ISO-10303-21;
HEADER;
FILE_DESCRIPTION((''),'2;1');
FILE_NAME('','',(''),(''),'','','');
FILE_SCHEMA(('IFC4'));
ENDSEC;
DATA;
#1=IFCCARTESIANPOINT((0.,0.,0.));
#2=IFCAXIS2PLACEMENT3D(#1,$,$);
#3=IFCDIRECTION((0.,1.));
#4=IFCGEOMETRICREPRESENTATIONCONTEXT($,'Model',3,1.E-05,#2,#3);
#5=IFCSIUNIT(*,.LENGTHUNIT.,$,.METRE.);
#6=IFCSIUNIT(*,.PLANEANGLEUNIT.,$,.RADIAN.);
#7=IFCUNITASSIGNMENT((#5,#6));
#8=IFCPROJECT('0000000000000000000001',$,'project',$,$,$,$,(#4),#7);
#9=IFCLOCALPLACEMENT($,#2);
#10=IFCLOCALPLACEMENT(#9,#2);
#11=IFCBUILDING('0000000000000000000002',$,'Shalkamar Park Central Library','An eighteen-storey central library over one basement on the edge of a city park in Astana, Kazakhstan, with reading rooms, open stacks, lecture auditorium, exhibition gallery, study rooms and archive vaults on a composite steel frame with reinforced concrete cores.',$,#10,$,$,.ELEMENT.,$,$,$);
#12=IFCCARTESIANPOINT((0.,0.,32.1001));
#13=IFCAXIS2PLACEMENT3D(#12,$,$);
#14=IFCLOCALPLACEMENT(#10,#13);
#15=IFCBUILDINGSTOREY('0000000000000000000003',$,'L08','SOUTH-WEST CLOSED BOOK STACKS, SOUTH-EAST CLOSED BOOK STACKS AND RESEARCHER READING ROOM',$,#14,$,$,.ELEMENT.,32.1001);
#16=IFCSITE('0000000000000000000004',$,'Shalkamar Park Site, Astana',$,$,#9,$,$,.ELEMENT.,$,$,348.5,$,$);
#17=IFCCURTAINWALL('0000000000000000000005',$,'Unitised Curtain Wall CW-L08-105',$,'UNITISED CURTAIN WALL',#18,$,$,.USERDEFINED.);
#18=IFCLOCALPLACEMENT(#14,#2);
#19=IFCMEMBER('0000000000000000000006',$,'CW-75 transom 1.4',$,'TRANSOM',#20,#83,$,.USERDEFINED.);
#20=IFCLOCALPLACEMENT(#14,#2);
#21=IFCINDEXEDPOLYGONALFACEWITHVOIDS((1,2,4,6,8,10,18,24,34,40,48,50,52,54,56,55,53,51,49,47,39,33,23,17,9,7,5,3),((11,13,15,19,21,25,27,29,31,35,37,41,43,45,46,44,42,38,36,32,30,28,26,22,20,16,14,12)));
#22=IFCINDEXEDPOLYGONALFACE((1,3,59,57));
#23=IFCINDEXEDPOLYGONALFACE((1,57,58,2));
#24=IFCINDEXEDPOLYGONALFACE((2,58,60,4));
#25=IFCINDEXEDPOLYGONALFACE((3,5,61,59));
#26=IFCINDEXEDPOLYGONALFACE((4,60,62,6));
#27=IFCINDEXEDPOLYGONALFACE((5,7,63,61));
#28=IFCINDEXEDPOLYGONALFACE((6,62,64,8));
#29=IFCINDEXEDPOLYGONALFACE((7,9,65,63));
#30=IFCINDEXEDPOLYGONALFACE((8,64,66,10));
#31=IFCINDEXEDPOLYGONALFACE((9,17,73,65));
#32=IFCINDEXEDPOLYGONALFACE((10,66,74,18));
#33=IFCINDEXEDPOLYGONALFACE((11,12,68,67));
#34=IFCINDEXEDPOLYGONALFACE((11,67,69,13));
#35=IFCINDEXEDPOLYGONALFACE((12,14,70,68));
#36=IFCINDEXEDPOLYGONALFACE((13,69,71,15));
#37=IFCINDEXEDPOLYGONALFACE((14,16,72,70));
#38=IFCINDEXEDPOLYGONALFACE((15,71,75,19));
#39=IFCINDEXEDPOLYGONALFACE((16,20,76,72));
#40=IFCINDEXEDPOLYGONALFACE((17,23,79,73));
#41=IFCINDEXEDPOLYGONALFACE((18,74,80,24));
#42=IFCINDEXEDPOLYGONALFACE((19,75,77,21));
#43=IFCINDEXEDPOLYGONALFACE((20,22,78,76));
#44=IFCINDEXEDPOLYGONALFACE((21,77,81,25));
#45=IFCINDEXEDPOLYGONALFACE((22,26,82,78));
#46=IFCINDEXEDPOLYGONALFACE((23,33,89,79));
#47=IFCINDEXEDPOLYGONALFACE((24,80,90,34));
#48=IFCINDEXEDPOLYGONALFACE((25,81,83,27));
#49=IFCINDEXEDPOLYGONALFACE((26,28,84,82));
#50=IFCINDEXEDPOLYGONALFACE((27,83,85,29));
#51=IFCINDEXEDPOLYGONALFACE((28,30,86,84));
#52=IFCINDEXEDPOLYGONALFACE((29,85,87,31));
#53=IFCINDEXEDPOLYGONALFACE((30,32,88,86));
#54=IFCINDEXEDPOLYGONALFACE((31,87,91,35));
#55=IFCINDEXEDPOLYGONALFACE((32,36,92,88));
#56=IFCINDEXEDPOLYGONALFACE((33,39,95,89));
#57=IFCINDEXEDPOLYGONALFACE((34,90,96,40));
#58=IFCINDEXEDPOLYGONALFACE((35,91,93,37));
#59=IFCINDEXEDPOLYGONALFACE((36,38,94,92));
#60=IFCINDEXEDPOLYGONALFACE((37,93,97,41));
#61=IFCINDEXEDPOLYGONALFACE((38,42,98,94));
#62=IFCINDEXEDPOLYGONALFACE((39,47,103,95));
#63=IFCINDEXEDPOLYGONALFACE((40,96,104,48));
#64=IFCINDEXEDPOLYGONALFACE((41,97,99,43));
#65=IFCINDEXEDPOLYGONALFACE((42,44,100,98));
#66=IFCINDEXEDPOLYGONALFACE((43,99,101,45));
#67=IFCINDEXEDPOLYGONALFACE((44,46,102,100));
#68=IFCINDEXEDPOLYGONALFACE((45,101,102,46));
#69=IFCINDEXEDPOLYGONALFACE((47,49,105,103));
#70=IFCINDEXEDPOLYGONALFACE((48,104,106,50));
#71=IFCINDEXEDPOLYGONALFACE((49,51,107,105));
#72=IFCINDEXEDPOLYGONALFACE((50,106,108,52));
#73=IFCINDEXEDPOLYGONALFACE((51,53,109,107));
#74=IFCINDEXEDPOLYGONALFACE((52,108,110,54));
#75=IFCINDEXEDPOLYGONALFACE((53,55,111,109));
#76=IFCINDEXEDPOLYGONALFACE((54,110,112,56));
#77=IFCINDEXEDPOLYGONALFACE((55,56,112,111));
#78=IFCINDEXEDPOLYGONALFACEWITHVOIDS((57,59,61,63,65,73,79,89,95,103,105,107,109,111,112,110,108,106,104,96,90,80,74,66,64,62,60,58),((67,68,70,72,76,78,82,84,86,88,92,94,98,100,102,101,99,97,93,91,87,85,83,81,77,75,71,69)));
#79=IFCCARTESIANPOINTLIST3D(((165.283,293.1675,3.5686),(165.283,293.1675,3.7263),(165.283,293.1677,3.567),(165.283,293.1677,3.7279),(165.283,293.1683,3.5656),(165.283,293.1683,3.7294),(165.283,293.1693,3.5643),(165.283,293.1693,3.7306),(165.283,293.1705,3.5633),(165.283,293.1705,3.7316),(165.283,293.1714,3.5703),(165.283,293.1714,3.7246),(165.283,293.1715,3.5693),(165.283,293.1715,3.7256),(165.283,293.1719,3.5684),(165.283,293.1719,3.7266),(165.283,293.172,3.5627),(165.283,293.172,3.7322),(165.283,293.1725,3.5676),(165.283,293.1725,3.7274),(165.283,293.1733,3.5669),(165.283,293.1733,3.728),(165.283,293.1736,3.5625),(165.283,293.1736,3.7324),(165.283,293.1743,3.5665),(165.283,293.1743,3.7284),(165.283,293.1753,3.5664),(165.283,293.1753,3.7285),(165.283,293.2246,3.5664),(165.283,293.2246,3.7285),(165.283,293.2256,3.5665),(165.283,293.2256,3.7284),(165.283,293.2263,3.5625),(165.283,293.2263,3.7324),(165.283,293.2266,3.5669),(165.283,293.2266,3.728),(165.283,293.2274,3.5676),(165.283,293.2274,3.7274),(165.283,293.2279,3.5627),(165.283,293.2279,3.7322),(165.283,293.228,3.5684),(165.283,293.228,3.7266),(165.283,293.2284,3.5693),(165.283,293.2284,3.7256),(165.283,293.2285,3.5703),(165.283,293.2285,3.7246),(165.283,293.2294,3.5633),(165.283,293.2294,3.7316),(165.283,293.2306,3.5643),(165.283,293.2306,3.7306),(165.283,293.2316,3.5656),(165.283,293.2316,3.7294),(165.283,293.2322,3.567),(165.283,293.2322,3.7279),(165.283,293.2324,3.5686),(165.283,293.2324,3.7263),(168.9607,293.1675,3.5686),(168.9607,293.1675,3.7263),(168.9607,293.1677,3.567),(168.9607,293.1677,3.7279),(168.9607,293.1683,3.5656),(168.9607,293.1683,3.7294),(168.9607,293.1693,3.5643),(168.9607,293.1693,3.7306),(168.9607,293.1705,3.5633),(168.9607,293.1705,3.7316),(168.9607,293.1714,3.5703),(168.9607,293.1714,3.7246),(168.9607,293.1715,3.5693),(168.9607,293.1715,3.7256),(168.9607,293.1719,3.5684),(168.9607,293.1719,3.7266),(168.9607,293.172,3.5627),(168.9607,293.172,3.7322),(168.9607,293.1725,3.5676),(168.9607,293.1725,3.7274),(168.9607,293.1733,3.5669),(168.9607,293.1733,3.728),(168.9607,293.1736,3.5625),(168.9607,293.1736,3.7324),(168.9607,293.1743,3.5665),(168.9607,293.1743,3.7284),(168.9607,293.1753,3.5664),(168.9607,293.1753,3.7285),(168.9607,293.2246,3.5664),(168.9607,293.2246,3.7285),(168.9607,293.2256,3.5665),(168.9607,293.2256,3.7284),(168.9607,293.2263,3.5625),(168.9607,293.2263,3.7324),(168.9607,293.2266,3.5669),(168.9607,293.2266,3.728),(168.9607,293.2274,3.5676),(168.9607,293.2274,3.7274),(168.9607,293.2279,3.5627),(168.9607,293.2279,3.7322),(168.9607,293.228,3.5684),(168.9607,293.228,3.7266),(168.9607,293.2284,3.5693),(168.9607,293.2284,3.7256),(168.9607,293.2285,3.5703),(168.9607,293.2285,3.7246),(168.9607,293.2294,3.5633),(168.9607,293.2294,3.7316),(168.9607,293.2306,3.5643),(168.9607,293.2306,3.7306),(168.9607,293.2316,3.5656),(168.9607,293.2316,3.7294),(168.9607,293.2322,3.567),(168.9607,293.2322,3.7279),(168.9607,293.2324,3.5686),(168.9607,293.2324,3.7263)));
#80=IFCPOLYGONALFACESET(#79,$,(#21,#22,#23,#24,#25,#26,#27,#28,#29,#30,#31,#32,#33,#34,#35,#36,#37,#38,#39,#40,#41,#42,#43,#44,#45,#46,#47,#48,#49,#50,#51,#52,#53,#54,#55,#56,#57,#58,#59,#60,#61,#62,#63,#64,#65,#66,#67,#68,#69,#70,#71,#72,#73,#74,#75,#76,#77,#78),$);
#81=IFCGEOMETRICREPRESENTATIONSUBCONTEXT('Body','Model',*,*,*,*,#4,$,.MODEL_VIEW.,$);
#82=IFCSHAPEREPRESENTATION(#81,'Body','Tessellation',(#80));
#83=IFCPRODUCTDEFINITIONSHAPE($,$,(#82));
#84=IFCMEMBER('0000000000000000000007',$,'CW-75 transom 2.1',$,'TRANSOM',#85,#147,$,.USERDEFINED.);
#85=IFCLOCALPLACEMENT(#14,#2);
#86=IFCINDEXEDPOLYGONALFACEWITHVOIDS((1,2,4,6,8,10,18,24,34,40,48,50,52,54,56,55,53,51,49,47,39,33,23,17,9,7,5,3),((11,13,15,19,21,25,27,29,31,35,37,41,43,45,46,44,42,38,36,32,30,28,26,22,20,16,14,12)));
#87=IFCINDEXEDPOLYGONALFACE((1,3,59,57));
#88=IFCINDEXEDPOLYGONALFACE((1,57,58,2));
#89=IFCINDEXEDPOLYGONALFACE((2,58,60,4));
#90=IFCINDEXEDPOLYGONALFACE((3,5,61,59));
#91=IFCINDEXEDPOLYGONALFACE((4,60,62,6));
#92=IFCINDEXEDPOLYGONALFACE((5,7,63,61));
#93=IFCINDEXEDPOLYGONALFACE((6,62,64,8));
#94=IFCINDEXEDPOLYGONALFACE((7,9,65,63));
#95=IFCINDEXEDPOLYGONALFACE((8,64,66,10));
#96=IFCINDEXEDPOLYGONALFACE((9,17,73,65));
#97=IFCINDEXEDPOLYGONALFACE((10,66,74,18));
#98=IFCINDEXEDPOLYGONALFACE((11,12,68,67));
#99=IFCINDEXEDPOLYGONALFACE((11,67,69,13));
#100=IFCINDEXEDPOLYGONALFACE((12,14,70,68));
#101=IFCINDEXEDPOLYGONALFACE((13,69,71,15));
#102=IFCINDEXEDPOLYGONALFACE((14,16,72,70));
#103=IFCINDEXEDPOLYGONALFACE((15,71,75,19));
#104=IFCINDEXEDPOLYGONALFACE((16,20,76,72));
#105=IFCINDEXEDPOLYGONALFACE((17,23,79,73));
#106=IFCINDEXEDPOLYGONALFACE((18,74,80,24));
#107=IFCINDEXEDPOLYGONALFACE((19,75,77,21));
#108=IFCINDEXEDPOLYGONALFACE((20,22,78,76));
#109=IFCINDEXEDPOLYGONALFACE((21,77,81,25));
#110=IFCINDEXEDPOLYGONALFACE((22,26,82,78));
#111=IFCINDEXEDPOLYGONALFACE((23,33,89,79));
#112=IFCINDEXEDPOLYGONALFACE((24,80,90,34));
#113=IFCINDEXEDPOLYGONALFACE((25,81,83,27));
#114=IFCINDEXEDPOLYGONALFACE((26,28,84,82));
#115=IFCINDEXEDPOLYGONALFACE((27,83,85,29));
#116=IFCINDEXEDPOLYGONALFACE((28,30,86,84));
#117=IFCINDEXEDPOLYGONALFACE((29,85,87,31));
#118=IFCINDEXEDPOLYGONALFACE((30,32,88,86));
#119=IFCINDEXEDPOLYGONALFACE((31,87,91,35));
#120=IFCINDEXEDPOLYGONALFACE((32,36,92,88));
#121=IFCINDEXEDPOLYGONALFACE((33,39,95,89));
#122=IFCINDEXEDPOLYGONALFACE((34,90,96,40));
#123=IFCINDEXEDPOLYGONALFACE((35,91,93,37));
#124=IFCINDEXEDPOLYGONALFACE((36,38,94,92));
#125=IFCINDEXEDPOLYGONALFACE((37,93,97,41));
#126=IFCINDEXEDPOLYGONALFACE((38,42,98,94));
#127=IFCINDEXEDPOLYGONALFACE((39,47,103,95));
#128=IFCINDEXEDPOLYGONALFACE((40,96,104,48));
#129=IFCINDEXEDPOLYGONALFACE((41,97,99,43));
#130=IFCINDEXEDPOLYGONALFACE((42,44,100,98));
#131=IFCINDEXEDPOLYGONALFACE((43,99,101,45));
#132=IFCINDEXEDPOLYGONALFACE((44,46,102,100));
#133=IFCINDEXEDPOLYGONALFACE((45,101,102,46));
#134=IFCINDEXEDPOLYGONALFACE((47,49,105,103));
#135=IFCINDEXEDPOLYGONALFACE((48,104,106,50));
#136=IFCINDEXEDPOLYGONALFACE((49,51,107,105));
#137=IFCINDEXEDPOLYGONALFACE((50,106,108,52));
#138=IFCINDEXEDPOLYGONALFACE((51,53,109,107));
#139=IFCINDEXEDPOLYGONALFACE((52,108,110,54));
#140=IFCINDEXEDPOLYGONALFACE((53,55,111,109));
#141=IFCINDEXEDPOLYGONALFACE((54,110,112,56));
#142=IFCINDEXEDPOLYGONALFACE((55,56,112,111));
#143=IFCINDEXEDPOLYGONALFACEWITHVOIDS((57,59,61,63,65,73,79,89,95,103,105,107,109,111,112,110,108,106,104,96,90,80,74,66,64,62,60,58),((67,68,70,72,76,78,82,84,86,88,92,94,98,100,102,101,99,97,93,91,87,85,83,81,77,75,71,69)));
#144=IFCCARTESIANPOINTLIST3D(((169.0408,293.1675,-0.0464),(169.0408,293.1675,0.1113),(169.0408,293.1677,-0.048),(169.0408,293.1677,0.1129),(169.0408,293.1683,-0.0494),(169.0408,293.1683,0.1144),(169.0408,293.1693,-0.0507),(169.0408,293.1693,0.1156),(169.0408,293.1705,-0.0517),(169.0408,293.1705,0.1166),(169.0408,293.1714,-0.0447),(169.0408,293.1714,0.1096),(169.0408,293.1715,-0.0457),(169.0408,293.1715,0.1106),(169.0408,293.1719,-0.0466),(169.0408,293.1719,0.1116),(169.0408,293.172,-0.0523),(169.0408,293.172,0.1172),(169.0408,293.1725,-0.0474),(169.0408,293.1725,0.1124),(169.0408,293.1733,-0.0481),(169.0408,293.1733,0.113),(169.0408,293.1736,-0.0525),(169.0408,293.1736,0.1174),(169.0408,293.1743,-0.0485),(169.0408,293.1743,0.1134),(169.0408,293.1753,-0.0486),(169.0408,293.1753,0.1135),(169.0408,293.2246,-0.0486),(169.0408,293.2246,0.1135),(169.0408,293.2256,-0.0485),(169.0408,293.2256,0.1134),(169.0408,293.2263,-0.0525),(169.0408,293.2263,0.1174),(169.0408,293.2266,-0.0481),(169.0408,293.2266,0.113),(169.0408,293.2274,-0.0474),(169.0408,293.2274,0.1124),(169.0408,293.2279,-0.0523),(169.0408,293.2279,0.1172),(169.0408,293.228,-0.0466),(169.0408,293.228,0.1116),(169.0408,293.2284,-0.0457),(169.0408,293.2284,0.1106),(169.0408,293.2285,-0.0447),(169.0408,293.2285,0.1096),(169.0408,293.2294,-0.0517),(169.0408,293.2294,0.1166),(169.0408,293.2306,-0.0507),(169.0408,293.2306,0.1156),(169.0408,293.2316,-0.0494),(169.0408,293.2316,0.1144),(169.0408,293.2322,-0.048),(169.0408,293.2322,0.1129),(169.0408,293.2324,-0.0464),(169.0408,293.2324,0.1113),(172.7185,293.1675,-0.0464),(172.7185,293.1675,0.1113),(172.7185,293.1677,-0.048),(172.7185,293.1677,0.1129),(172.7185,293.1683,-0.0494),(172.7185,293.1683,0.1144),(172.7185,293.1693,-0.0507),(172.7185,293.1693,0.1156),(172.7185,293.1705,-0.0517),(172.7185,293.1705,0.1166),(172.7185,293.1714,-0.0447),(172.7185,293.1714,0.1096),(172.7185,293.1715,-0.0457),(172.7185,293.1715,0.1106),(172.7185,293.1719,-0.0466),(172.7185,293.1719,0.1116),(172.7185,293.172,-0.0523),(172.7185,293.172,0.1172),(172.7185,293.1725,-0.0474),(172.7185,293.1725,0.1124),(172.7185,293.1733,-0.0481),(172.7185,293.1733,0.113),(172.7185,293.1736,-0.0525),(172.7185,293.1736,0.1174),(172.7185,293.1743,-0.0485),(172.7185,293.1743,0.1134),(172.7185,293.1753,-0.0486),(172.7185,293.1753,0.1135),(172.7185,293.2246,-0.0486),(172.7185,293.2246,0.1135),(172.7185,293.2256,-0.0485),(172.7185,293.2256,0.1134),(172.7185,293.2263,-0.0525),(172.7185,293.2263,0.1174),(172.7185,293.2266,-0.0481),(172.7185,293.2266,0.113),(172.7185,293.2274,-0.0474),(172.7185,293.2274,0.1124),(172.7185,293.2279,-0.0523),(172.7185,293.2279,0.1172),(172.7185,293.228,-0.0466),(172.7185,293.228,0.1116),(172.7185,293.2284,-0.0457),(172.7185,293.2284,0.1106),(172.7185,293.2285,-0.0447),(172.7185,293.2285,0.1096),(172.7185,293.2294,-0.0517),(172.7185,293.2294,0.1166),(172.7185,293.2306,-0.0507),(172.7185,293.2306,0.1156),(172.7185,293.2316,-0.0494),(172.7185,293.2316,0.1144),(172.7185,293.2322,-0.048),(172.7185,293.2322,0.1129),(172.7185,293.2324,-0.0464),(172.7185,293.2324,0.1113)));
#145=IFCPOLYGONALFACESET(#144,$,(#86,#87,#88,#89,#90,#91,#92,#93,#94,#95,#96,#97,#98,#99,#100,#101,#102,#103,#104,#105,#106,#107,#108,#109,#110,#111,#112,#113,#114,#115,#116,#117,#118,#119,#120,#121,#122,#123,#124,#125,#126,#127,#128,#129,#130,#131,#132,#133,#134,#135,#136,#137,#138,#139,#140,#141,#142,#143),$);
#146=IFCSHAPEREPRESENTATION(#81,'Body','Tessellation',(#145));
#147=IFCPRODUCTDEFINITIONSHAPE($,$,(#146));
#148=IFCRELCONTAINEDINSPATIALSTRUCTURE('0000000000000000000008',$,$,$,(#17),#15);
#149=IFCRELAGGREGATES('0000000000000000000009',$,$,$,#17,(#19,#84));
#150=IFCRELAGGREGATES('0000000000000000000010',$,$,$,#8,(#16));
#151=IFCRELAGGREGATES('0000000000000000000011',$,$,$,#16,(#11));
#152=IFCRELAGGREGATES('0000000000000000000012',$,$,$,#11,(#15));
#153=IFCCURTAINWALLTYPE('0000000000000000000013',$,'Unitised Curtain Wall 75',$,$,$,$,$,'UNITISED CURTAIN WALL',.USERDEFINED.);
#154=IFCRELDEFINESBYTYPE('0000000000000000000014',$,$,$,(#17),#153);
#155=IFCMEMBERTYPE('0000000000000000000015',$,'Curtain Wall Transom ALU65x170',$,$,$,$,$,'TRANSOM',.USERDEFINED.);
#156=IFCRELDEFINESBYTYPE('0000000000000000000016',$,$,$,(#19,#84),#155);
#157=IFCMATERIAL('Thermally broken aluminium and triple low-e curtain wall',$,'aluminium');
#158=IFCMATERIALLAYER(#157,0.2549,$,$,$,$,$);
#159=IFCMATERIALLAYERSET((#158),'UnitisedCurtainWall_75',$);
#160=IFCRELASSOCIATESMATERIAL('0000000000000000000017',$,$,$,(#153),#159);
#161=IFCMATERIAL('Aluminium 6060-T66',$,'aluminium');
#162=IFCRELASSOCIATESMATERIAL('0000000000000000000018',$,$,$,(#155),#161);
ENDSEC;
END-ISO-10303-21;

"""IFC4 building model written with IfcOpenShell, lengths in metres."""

from ifc_helpers import new_model, si_unit, direction, frame, origin, origin_2d, place, context, subcontext, project, spatial, hollow_rectangle, extrude, material, layer, layer_set, material_profile, profile_set, type_object, element, aggregate, save


model = new_model("IFC4")

# Units and contexts
model_context = context("Model", 3, precision=1e-05, world=origin(), true_north=direction((0.0, 1.0)))
body_context = subcontext(model_context, "Body", "Model", "MODEL_VIEW")
ifc_project = project(units=[si_unit("LENGTHUNIT", "METRE"), si_unit("PLANEANGLEUNIT", "RADIAN")], contexts=[model_context])

# Site, building, storey
site_placement = place(None, origin())
site = spatial("IfcSite", under=ifc_project, at=site_placement, Name="Shalkamar Park Site, Astana", CompositionType="ELEMENT", RefElevation=348.5)
building_placement = place(site_placement, origin())
building = spatial("IfcBuilding", under=site, at=building_placement, Name="Shalkamar Park Central Library", Description="An eighteen-storey central library over one basement on the edge of a city park in Astana, Kazakhstan, with reading rooms, open stacks, lecture auditorium, exhibition gallery, study rooms and archive vaults on a composite steel frame with reinforced concrete cores.", CompositionType="ELEMENT")
storey_placement = place(building_placement, frame((0.0, 0.0, 32.1001)))
storey = spatial("IfcBuildingStorey", under=building, at=storey_placement, Name="L08", Description="SOUTH-WEST CLOSED BOOK STACKS, SOUTH-EAST CLOSED BOOK STACKS AND RESEARCHER READING ROOM", CompositionType="ELEMENT", Elevation=32.1001)

# Curtain wall
ifc_material_1 = material(Name="Thermally broken aluminium and triple low-e curtain wall", Category="aluminium")
ifc_layer_1 = layer(ifc_material_1, 0.2549)
ifc_layer_set_1 = layer_set([ifc_layer_1], Name="UnitisedCurtainWall_75")
curtain_wall_type_1 = type_object("IfcCurtainWallType", Name="Unitised Curtain Wall 75", ElementType="UNITISED CURTAIN WALL", PredefinedType="USERDEFINED", material=ifc_layer_set_1)
curtain_wall_1_placement = place(storey_placement, origin())
curtain_wall_1 = element("IfcCurtainWall", 1, at=curtain_wall_1_placement, inside=storey, type_object=curtain_wall_type_1, Name="Unitised Curtain Wall CW-L08-105", ObjectType="UNITISED CURTAIN WALL", PredefinedType="USERDEFINED")
ifc_material_2 = material(Name="Aluminium 6060-T66", Category="aluminium")

# Members
ifc_material_profile_1 = material_profile(ifc_material_2, hollow_rectangle(XDim=0.0649, YDim=0.1699, WallThickness=0.0039, InnerFilletRadius=0.0039, OuterFilletRadius=0.0061, at=origin_2d()), Name="ALU 65x170x4")
ifc_profile_set_1 = profile_set([ifc_material_profile_1], Name="Aluminium 6060-T66")
member_type_1 = type_object("IfcMemberType", Name="Curtain Wall Transom ALU65x170", ElementType="TRANSOM", PredefinedType="USERDEFINED", material=ifc_profile_set_1)
member_1_placement = place(storey_placement, frame((165.283, 293.2, 3.6475), z_axis=(1.0, 0.0, 0.0), x_axis=(0.0, 1.0, 0.0)))
member_1 = element("IfcMember", 2, at=member_1_placement, type_object=member_type_1, Name="CW-75 transom 1.4", ObjectType="TRANSOM", PredefinedType="USERDEFINED", context=body_context, shape_type="SweptSolid", body=[
    extrude(hollow_rectangle(XDim=0.0649, YDim=0.1699, WallThickness=0.0039, InnerFilletRadius=0.0039, OuterFilletRadius=0.0061, at=origin_2d()), origin(), (0.0, 0.0, 1.0), 3.6777),
])
member_2_placement = place(storey_placement, frame((169.0408, 293.2, 0.0325), z_axis=(1.0, 0.0, 0.0), x_axis=(0.0, 1.0, 0.0)))
member_2 = element("IfcMember", 3, at=member_2_placement, type_object=member_type_1, Name="CW-75 transom 2.1", ObjectType="TRANSOM", PredefinedType="USERDEFINED", context=body_context, shape_type="SweptSolid", body=[
    extrude(hollow_rectangle(XDim=0.0649, YDim=0.1699, WallThickness=0.0039, InnerFilletRadius=0.0039, OuterFilletRadius=0.0061, at=origin_2d()), origin(), (0.0, 0.0, 1.0), 3.6777),
])

aggregate(curtain_wall_1, [member_1, member_2])

save(model, "model.ifc")
